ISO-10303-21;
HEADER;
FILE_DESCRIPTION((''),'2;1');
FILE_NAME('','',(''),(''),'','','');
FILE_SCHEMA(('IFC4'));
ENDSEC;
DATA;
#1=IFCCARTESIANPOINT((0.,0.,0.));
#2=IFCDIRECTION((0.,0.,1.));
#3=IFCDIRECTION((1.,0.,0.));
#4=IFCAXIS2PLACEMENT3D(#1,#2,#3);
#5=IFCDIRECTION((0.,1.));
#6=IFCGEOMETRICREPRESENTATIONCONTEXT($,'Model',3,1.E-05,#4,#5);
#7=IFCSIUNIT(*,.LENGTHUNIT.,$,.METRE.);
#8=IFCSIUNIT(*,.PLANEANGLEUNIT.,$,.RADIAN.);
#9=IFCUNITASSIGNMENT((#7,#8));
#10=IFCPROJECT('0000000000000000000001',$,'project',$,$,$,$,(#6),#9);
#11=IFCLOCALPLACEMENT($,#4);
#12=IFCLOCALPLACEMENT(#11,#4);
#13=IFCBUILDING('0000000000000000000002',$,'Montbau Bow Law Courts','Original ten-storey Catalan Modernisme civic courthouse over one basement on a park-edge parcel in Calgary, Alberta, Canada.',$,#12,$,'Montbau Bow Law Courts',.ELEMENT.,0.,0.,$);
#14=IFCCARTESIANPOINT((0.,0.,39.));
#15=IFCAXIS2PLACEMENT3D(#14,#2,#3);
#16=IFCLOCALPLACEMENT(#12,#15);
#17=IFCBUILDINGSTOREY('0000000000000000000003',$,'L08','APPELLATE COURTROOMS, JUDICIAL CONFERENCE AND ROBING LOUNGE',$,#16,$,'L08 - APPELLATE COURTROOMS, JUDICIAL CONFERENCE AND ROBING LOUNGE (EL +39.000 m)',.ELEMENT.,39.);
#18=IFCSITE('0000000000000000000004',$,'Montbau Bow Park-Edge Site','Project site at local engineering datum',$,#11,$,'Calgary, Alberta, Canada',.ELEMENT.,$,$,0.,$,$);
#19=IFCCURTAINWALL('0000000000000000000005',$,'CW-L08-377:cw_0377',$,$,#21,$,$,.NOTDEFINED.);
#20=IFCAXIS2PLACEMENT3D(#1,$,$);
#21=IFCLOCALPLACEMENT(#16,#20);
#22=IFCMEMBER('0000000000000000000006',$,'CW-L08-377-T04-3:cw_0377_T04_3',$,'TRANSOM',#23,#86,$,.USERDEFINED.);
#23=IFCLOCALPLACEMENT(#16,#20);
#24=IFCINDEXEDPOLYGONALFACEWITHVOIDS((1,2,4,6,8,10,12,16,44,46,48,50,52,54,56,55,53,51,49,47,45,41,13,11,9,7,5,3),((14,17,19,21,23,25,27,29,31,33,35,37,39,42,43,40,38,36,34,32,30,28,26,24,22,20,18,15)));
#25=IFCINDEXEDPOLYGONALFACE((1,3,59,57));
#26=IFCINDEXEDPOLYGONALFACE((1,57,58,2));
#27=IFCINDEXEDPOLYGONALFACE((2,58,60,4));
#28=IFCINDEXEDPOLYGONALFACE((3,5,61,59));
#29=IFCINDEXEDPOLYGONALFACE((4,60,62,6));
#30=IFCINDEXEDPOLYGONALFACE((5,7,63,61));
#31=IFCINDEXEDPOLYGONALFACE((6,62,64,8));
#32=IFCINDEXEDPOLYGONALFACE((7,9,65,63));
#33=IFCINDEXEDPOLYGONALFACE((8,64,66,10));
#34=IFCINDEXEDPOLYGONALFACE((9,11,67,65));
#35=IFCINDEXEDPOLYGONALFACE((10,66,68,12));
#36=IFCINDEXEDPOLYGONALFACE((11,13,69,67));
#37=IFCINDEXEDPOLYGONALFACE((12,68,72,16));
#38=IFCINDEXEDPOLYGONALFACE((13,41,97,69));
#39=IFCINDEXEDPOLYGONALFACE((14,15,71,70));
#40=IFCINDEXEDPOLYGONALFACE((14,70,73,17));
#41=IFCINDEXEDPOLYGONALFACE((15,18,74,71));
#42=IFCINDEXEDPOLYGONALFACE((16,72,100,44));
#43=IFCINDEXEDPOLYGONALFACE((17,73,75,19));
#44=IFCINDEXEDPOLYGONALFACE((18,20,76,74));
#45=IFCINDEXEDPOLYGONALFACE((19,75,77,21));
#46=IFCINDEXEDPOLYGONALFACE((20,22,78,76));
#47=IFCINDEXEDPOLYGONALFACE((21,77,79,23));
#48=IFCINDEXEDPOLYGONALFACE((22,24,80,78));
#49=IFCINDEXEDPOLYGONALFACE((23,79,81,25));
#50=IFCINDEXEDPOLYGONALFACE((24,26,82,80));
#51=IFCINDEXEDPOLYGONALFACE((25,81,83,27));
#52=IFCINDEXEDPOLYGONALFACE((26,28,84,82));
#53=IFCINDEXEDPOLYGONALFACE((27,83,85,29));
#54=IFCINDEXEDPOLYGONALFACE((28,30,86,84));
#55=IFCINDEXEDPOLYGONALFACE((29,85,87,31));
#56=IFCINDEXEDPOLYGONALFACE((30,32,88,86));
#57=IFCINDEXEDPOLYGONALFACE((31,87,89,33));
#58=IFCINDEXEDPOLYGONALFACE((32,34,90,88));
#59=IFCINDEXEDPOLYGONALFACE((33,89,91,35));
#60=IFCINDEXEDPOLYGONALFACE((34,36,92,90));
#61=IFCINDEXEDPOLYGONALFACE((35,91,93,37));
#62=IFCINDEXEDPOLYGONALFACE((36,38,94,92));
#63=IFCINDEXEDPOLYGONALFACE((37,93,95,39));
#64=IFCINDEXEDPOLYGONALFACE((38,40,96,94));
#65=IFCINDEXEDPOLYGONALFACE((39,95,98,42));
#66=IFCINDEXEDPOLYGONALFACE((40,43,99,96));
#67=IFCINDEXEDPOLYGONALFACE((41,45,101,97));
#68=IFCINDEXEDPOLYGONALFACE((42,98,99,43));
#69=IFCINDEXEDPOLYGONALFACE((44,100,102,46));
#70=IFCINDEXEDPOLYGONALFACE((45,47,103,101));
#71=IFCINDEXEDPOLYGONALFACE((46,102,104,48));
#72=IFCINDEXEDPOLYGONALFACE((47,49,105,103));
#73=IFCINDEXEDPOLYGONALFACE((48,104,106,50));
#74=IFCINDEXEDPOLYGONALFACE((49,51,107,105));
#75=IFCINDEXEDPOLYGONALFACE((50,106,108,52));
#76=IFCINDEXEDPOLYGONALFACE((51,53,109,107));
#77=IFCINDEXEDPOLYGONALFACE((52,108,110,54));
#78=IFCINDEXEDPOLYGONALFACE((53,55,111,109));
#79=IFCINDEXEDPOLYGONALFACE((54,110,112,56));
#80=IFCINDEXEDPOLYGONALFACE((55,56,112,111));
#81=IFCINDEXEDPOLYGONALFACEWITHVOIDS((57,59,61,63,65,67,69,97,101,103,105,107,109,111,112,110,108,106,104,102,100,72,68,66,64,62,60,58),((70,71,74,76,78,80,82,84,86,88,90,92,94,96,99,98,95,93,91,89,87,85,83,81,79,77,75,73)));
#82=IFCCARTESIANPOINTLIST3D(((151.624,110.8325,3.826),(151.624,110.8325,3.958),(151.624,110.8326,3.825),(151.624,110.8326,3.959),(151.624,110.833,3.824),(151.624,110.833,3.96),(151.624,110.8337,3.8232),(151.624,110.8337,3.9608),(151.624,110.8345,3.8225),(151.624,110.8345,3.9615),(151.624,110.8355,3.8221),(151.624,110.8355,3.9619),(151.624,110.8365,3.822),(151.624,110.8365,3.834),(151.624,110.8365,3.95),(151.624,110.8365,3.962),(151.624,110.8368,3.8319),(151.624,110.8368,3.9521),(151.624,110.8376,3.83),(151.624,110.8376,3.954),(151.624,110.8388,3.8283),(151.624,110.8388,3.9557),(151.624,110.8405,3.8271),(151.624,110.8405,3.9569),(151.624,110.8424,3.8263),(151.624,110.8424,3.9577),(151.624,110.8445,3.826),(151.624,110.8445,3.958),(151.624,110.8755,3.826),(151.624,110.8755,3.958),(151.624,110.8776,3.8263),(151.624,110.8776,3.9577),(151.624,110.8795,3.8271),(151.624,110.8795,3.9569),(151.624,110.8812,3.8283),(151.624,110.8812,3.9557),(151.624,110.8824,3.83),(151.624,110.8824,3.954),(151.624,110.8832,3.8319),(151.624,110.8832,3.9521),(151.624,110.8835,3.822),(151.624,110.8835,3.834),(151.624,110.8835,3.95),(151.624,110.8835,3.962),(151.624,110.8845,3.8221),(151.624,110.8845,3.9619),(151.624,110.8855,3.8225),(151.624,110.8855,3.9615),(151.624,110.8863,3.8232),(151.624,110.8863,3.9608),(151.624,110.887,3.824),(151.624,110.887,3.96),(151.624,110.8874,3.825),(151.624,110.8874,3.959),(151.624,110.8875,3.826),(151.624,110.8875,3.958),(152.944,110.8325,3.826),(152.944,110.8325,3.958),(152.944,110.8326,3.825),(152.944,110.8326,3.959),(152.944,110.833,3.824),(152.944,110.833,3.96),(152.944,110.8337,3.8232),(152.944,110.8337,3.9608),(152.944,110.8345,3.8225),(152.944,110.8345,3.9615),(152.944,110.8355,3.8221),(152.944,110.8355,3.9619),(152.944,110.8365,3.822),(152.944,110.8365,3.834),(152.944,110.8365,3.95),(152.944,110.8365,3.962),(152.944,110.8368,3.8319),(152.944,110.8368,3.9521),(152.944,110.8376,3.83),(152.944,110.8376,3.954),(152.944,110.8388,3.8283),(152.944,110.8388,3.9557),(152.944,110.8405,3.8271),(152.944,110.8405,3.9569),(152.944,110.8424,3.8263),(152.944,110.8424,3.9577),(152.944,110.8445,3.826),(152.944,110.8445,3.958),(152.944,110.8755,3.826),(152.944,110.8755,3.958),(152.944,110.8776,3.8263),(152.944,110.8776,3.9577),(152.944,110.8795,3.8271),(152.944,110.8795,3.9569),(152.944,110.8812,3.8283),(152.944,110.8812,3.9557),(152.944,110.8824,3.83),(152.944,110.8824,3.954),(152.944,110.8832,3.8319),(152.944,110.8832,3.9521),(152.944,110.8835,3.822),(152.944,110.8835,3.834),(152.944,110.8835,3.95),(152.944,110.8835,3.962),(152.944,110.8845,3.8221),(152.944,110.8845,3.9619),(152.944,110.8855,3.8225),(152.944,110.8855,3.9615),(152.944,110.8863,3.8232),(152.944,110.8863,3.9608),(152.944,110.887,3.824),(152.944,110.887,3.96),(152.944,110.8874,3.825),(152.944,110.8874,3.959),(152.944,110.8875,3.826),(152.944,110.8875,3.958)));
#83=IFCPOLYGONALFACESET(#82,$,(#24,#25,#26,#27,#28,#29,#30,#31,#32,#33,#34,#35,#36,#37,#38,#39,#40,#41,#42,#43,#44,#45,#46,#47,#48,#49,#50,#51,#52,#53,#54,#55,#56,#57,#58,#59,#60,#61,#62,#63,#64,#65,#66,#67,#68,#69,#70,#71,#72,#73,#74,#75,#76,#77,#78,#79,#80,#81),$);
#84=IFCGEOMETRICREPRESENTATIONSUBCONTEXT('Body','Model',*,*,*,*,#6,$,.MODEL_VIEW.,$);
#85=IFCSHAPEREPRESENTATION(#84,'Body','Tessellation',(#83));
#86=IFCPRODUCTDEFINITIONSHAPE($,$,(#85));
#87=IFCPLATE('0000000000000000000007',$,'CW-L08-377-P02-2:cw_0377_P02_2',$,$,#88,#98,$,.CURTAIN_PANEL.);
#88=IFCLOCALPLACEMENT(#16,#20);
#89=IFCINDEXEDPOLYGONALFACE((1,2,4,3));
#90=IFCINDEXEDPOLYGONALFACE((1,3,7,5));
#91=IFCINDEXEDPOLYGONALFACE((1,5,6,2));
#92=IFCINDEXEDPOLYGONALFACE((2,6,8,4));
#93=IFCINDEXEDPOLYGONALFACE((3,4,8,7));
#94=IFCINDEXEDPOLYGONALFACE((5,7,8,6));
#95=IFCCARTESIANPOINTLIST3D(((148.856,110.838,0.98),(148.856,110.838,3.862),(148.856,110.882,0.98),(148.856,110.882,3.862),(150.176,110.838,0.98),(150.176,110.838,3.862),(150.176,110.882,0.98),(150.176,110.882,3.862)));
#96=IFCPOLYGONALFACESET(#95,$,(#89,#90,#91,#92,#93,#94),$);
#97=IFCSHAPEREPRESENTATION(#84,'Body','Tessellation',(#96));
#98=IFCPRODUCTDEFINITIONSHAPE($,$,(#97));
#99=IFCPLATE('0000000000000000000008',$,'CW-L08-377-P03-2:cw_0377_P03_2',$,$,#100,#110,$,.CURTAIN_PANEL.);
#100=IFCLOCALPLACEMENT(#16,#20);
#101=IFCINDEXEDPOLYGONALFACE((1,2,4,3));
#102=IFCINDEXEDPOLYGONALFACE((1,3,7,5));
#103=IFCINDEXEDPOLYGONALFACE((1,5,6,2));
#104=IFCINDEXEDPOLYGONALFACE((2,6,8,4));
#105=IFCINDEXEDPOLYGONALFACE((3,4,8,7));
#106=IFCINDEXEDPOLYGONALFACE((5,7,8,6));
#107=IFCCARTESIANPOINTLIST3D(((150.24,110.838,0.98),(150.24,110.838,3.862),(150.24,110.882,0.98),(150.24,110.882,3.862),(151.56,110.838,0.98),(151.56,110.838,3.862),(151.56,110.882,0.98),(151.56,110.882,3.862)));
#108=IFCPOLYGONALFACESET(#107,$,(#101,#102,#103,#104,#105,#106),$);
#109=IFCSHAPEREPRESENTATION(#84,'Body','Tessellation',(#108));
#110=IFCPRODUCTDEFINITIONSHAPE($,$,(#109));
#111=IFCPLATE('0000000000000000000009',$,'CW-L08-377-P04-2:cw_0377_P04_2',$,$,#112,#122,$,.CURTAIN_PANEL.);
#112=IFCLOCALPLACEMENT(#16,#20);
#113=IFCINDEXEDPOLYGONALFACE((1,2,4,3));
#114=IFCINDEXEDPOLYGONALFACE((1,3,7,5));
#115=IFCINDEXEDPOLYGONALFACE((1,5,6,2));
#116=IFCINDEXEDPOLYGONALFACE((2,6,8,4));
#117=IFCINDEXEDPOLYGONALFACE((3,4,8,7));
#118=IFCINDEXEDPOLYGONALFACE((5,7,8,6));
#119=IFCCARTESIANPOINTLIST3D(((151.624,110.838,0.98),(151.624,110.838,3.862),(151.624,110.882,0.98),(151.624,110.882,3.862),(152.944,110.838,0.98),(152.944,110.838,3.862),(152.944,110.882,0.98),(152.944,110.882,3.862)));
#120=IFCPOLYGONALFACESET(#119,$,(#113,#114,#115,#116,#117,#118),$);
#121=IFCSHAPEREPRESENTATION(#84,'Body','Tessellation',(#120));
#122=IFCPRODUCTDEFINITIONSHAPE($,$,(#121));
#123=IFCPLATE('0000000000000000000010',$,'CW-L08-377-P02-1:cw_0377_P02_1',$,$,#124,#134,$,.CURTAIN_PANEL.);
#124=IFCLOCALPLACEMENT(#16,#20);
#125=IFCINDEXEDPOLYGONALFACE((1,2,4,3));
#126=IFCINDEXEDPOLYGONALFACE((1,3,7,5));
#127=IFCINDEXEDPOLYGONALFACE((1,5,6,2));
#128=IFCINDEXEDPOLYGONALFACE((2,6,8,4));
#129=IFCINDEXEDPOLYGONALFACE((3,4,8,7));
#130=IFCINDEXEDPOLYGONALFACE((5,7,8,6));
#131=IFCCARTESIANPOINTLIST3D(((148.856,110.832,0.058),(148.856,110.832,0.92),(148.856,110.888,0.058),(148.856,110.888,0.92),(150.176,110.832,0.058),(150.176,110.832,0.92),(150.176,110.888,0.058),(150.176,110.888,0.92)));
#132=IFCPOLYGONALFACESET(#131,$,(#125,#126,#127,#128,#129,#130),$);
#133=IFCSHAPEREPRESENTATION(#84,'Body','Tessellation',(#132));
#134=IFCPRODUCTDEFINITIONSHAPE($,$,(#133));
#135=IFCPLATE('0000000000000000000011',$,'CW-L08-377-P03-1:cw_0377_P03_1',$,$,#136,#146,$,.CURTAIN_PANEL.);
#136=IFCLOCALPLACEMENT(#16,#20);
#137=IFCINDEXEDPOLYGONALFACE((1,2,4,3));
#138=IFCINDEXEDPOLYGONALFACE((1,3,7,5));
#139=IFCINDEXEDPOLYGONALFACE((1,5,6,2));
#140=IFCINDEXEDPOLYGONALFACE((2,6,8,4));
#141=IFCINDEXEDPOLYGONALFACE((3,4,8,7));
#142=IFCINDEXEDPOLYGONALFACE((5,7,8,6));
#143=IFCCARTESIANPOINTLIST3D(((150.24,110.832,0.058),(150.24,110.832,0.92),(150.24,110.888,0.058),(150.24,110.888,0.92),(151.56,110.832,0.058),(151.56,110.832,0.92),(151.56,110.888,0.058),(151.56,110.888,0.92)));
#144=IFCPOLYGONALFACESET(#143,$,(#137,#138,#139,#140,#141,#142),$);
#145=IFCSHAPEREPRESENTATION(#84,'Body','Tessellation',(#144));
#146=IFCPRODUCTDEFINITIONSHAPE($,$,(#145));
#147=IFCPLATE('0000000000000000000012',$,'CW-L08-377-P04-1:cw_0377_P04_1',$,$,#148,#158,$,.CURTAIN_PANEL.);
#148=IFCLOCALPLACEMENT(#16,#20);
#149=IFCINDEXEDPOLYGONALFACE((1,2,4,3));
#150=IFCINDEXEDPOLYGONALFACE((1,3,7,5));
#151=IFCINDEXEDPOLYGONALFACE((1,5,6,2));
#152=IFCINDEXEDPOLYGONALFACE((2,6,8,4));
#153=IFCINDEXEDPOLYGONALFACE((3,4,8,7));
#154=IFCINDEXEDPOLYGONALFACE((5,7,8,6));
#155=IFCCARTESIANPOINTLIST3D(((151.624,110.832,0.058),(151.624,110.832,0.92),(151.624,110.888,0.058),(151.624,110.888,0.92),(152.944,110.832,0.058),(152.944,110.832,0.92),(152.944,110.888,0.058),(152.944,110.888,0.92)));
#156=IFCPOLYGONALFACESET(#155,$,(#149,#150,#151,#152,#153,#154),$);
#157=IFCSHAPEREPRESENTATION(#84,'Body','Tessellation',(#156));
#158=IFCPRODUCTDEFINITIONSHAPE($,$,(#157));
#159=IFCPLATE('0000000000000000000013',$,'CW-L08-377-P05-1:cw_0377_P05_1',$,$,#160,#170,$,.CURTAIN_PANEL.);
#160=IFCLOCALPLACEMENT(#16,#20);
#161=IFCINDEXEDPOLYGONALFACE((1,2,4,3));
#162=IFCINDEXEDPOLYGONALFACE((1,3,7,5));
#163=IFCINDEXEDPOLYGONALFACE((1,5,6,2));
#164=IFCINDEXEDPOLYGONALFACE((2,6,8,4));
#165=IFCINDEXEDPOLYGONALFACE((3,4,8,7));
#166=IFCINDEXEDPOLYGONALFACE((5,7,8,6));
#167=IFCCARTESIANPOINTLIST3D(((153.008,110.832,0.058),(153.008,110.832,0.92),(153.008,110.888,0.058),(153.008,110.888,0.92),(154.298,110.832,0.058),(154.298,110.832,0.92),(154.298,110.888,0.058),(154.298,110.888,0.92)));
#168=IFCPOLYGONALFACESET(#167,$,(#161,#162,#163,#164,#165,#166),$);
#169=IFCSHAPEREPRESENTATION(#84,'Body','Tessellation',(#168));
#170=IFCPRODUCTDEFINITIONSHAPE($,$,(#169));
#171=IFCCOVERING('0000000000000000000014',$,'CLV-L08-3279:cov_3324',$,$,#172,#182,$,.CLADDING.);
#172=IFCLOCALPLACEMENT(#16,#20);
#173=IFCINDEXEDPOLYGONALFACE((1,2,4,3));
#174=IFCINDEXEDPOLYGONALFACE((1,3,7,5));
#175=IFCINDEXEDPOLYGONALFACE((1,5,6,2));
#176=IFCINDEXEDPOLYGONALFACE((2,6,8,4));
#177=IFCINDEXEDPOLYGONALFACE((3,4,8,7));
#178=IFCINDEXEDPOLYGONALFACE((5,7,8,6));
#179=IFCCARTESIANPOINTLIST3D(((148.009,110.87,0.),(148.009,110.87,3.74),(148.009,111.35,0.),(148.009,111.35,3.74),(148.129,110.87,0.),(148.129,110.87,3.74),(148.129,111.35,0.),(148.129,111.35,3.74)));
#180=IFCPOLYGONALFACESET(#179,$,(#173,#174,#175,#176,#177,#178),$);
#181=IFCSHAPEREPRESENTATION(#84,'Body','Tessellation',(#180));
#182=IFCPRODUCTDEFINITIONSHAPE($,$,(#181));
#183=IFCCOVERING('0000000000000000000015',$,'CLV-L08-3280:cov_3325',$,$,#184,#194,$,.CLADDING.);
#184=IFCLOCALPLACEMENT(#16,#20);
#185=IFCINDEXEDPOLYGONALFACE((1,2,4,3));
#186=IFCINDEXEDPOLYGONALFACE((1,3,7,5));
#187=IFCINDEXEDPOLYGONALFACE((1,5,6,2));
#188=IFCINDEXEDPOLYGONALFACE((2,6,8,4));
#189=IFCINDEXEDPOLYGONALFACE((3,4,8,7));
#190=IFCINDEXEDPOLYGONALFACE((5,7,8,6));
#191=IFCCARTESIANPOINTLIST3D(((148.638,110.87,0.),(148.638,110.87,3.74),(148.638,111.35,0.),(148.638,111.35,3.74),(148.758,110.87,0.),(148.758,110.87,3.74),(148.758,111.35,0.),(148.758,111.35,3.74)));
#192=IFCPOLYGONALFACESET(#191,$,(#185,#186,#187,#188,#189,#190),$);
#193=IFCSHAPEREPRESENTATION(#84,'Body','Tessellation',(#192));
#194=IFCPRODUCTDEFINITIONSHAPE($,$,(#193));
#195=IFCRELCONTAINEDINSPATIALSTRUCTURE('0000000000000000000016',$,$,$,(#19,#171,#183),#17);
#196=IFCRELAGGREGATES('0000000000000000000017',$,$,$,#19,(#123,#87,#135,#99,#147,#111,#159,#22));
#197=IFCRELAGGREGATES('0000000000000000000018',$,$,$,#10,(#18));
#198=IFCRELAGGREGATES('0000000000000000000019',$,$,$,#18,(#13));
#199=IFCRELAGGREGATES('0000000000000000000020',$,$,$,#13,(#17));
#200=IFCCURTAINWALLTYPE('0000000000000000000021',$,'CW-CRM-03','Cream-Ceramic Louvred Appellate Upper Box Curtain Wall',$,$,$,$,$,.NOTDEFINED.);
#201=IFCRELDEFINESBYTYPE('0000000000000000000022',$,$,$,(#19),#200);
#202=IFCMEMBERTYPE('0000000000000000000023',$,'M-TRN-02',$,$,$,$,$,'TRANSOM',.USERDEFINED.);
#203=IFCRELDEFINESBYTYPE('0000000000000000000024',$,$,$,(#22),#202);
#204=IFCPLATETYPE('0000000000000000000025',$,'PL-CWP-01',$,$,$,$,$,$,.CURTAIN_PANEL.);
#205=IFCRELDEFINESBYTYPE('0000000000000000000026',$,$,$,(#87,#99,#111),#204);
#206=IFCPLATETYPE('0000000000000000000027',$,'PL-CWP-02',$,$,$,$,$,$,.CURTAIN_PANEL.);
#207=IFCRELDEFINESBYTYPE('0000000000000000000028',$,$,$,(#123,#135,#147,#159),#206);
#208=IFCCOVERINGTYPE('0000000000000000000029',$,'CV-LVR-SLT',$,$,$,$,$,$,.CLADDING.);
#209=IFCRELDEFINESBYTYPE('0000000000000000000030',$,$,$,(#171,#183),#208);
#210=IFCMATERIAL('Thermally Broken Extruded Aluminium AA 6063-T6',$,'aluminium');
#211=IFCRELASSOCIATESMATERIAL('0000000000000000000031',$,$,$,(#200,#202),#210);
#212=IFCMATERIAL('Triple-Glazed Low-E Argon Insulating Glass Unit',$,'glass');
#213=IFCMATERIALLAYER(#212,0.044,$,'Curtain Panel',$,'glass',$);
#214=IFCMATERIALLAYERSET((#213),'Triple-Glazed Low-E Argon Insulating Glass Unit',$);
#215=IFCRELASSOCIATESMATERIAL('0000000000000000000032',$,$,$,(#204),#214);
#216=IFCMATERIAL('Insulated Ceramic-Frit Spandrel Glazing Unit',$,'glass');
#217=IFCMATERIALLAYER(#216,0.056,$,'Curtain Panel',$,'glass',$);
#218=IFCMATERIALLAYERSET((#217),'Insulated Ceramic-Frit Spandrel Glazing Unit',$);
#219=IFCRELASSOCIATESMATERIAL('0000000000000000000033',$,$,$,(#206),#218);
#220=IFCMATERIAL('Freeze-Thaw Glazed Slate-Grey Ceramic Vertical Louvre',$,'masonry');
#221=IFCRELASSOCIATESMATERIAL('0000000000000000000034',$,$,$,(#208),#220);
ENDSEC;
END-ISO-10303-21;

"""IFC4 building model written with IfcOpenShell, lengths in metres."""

from ifc_helpers import new_model, si_unit, direction, frame, frame_2d, origin_with_axes, origin_2d_with_axis, place, context, subcontext, project, spatial, rectangle, hollow_rectangle, extrude, material, layer, layer_set, material_profile, profile_set, type_object, element, aggregate, save


model = new_model("IFC4")

# Units and contexts
model_context = context("Model", 3, precision=1e-05, world=origin_with_axes(), true_north=direction((0.0, 1.0)))
body_context = subcontext(model_context, "Body", "Model", "MODEL_VIEW")
ifc_project = project(units=[si_unit("LENGTHUNIT", "METRE"), si_unit("PLANEANGLEUNIT", "RADIAN")], contexts=[model_context])

# Site, building, storey
site_placement = place(None, origin_with_axes())
site = spatial("IfcSite", under=ifc_project, at=site_placement, Name="Montbau Bow Park-Edge Site", Description="Project site at local engineering datum", LongName="Calgary, Alberta, Canada", CompositionType="ELEMENT", RefElevation=0.0)
building_placement = place(site_placement, origin_with_axes())
building = spatial("IfcBuilding", under=site, at=building_placement, Name="Montbau Bow Law Courts", Description="Original ten-storey Catalan Modernisme civic courthouse over one basement on a park-edge parcel in Calgary, Alberta, Canada.", LongName="Montbau Bow Law Courts", CompositionType="ELEMENT", ElevationOfRefHeight=0.0, ElevationOfTerrain=0.0)
storey_placement = place(building_placement, frame((0.0, 0.0, 39.0), z_axis=(0.0, 0.0, 1.0), x_axis=(1.0, 0.0, 0.0)))
storey = spatial("IfcBuildingStorey", under=building, at=storey_placement, Name="L08", Description="APPELLATE COURTROOMS, JUDICIAL CONFERENCE AND ROBING LOUNGE", LongName="L08 - APPELLATE COURTROOMS, JUDICIAL CONFERENCE AND ROBING LOUNGE (EL +39.000 m)", CompositionType="ELEMENT", Elevation=39.0)

# Curtain wall, member, plates
ifc_material_1 = material(Name="Thermally Broken Extruded Aluminium AA 6063-T6", Category="aluminium")
curtain_wall_type = type_object("IfcCurtainWallType", Name="CW-CRM-03", Description="Cream-Ceramic Louvred Appellate Upper Box Curtain Wall", PredefinedType="NOTDEFINED", material=ifc_material_1)
curtain_wall_placement = place(None, frame((147.44, 110.86, 39.0), z_axis=(0.0, 0.0, 1.0), x_axis=(1.0, 0.0, 0.0)))
curtain_wall = element("IfcCurtainWall", 1, at=curtain_wall_placement, inside=storey, type_object=curtain_wall_type, Name="CW-L08-377:cw_0377", PredefinedType="NOTDEFINED")
ifc_material_profile_1 = material_profile(ifc_material_1, hollow_rectangle(XDim=0.055, YDim=0.14, WallThickness=0.004, InnerFilletRadius=0.008, OuterFilletRadius=0.004, at=origin_2d_with_axis()), Name="CWT-140X55", Category="Main", Priority=0)
ifc_profile_set_1 = profile_set([ifc_material_profile_1], Name="Thermally Broken Extruded Aluminium AA 6063-T6")
member_type_1 = type_object("IfcMemberType", Name="M-TRN-02", ElementType="TRANSOM", PredefinedType="USERDEFINED", material=ifc_profile_set_1)
member_1_placement = place(None, frame((151.624, 110.86, 42.892), z_axis=(1.0, 0.0, 0.0), x_axis=(0.0, 1.0, 0.0)))
member_1 = element("IfcMember", 2, at=member_1_placement, type_object=member_type_1, Name="CW-L08-377-T04-3:cw_0377_T04_3", ObjectType="TRANSOM", PredefinedType="USERDEFINED", context=body_context, shape_type="SweptSolid", body=[
    extrude(hollow_rectangle(XDim=0.055, YDim=0.14, WallThickness=0.004, InnerFilletRadius=0.008, OuterFilletRadius=0.004, at=origin_2d_with_axis()), origin_with_axes(), (0.0, 0.0, 1.0), 1.32),
])
ifc_material_2 = material(Name="Triple-Glazed Low-E Argon Insulating Glass Unit", Category="glass")
ifc_layer_1 = layer(ifc_material_2, 0.044, Name="Curtain Panel", Category="glass")
ifc_layer_set_1 = layer_set([ifc_layer_1], Name="Triple-Glazed Low-E Argon Insulating Glass Unit")
plate_type_1 = type_object("IfcPlateType", Name="PL-CWP-01", PredefinedType="CURTAIN_PANEL", material=ifc_layer_set_1)
plate_1_placement = place(None, frame((148.856, 110.86, 39.98), z_axis=(0.0, -1.0, 0.0), x_axis=(1.0, 0.0, 0.0)))
plate_1 = element("IfcPlate", 3, at=plate_1_placement, type_object=plate_type_1, Name="CW-L08-377-P02-2:cw_0377_P02_2", PredefinedType="CURTAIN_PANEL", context=body_context, shape_type="SweptSolid", body=[
    extrude(rectangle(XDim=1.32, YDim=2.882, at=frame_2d((0.66, 1.441), x_axis=(1.0, 0.0))), frame((0.0, 0.0, -0.022), z_axis=(0.0, 0.0, 1.0), x_axis=(1.0, 0.0, 0.0)), (0.0, 0.0, 1.0), 0.044),
])
plate_2_placement = place(None, frame((150.24, 110.86, 39.98), z_axis=(0.0, -1.0, 0.0), x_axis=(1.0, 0.0, 0.0)))
plate_2 = element("IfcPlate", 4, at=plate_2_placement, type_object=plate_type_1, Name="CW-L08-377-P03-2:cw_0377_P03_2", PredefinedType="CURTAIN_PANEL", context=body_context, shape_type="SweptSolid", body=[
    extrude(rectangle(XDim=1.32, YDim=2.882, at=frame_2d((0.66, 1.441), x_axis=(1.0, 0.0))), frame((0.0, 0.0, -0.022), z_axis=(0.0, 0.0, 1.0), x_axis=(1.0, 0.0, 0.0)), (0.0, 0.0, 1.0), 0.044),
])
plate_3_placement = place(None, frame((151.624, 110.86, 39.98), z_axis=(0.0, -1.0, 0.0), x_axis=(1.0, 0.0, 0.0)))
plate_3 = element("IfcPlate", 5, at=plate_3_placement, type_object=plate_type_1, Name="CW-L08-377-P04-2:cw_0377_P04_2", PredefinedType="CURTAIN_PANEL", context=body_context, shape_type="SweptSolid", body=[
    extrude(rectangle(XDim=1.32, YDim=2.882, at=frame_2d((0.66, 1.441), x_axis=(1.0, 0.0))), frame((0.0, 0.0, -0.022), z_axis=(0.0, 0.0, 1.0), x_axis=(1.0, 0.0, 0.0)), (0.0, 0.0, 1.0), 0.044),
])
ifc_material_3 = material(Name="Insulated Ceramic-Frit Spandrel Glazing Unit", Category="glass")
ifc_layer_2 = layer(ifc_material_3, 0.056, Name="Curtain Panel", Category="glass")
ifc_layer_set_2 = layer_set([ifc_layer_2], Name="Insulated Ceramic-Frit Spandrel Glazing Unit")
plate_type_2 = type_object("IfcPlateType", Name="PL-CWP-02", PredefinedType="CURTAIN_PANEL", material=ifc_layer_set_2)
plate_4_placement = place(None, frame((148.856, 110.86, 39.058), z_axis=(0.0, -1.0, 0.0), x_axis=(1.0, 0.0, 0.0)))
plate_4 = element("IfcPlate", 6, at=plate_4_placement, type_object=plate_type_2, Name="CW-L08-377-P02-1:cw_0377_P02_1", PredefinedType="CURTAIN_PANEL", context=body_context, shape_type="SweptSolid", body=[
    extrude(rectangle(XDim=1.32, YDim=0.862, at=frame_2d((0.66, 0.431), x_axis=(1.0, 0.0))), frame((0.0, 0.0, -0.028), z_axis=(0.0, 0.0, 1.0), x_axis=(1.0, 0.0, 0.0)), (0.0, 0.0, 1.0), 0.056),
])
plate_5_placement = place(None, frame((150.24, 110.86, 39.058), z_axis=(0.0, -1.0, 0.0), x_axis=(1.0, 0.0, 0.0)))
plate_5 = element("IfcPlate", 7, at=plate_5_placement, type_object=plate_type_2, Name="CW-L08-377-P03-1:cw_0377_P03_1", PredefinedType="CURTAIN_PANEL", context=body_context, shape_type="SweptSolid", body=[
    extrude(rectangle(XDim=1.32, YDim=0.862, at=frame_2d((0.66, 0.431), x_axis=(1.0, 0.0))), frame((0.0, 0.0, -0.028), z_axis=(0.0, 0.0, 1.0), x_axis=(1.0, 0.0, 0.0)), (0.0, 0.0, 1.0), 0.056),
])
plate_6_placement = place(None, frame((151.624, 110.86, 39.058), z_axis=(0.0, -1.0, 0.0), x_axis=(1.0, 0.0, 0.0)))
plate_6 = element("IfcPlate", 8, at=plate_6_placement, type_object=plate_type_2, Name="CW-L08-377-P04-1:cw_0377_P04_1", PredefinedType="CURTAIN_PANEL", context=body_context, shape_type="SweptSolid", body=[
    extrude(rectangle(XDim=1.32, YDim=0.862, at=frame_2d((0.66, 0.431), x_axis=(1.0, 0.0))), frame((0.0, 0.0, -0.028), z_axis=(0.0, 0.0, 1.0), x_axis=(1.0, 0.0, 0.0)), (0.0, 0.0, 1.0), 0.056),
])
plate_7_placement = place(None, frame((153.008, 110.86, 39.058), z_axis=(0.0, -1.0, 0.0), x_axis=(1.0, 0.0, 0.0)))
plate_7 = element("IfcPlate", 9, at=plate_7_placement, type_object=plate_type_2, Name="CW-L08-377-P05-1:cw_0377_P05_1", PredefinedType="CURTAIN_PANEL", context=body_context, shape_type="SweptSolid", body=[
    extrude(rectangle(XDim=1.29, YDim=0.862, at=frame_2d((0.645, 0.431), x_axis=(1.0, 0.0))), frame((0.0, 0.0, -0.028), z_axis=(0.0, 0.0, 1.0), x_axis=(1.0, 0.0, 0.0)), (0.0, 0.0, 1.0), 0.056),
])
aggregate(curtain_wall, [plate_4, plate_1, plate_5, plate_2, plate_6, plate_3, plate_7, member_1])

# Coverings
ifc_material_4 = material(Name="Freeze-Thaw Glazed Slate-Grey Ceramic Vertical Louvre", Category="masonry")
covering_type = type_object("IfcCoveringType", Name="CV-LVR-SLT", PredefinedType="CLADDING", material=ifc_material_4)
for number, where, z_axis, x_axis, name in (
    (10, (148.069, 110.87, 39.0), (1.0, 0.0, 0.0), (0.0, 1.0, 0.0), "CLV-L08-3279:cov_3324"),
    (11, (148.698, 110.87, 39.0), (1.0, 0.0, 0.0), (0.0, 1.0, 0.0), "CLV-L08-3280:cov_3325"),
):
    element("IfcCovering", number, at=place(None, frame(where, z_axis=z_axis, x_axis=x_axis)), inside=storey, type_object=covering_type, Name=name, PredefinedType="CLADDING", context=body_context, shape_type="SweptSolid", body=[
        extrude(rectangle(XDim=0.48, YDim=3.74, at=frame_2d((0.24, 1.87), x_axis=(1.0, 0.0))), frame((0.0, 0.0, -0.06), z_axis=(0.0, 0.0, 1.0), x_axis=(1.0, 0.0, 0.0)), (0.0, 0.0, 1.0), 0.12),
    ])

save(model, "model.ifc")
